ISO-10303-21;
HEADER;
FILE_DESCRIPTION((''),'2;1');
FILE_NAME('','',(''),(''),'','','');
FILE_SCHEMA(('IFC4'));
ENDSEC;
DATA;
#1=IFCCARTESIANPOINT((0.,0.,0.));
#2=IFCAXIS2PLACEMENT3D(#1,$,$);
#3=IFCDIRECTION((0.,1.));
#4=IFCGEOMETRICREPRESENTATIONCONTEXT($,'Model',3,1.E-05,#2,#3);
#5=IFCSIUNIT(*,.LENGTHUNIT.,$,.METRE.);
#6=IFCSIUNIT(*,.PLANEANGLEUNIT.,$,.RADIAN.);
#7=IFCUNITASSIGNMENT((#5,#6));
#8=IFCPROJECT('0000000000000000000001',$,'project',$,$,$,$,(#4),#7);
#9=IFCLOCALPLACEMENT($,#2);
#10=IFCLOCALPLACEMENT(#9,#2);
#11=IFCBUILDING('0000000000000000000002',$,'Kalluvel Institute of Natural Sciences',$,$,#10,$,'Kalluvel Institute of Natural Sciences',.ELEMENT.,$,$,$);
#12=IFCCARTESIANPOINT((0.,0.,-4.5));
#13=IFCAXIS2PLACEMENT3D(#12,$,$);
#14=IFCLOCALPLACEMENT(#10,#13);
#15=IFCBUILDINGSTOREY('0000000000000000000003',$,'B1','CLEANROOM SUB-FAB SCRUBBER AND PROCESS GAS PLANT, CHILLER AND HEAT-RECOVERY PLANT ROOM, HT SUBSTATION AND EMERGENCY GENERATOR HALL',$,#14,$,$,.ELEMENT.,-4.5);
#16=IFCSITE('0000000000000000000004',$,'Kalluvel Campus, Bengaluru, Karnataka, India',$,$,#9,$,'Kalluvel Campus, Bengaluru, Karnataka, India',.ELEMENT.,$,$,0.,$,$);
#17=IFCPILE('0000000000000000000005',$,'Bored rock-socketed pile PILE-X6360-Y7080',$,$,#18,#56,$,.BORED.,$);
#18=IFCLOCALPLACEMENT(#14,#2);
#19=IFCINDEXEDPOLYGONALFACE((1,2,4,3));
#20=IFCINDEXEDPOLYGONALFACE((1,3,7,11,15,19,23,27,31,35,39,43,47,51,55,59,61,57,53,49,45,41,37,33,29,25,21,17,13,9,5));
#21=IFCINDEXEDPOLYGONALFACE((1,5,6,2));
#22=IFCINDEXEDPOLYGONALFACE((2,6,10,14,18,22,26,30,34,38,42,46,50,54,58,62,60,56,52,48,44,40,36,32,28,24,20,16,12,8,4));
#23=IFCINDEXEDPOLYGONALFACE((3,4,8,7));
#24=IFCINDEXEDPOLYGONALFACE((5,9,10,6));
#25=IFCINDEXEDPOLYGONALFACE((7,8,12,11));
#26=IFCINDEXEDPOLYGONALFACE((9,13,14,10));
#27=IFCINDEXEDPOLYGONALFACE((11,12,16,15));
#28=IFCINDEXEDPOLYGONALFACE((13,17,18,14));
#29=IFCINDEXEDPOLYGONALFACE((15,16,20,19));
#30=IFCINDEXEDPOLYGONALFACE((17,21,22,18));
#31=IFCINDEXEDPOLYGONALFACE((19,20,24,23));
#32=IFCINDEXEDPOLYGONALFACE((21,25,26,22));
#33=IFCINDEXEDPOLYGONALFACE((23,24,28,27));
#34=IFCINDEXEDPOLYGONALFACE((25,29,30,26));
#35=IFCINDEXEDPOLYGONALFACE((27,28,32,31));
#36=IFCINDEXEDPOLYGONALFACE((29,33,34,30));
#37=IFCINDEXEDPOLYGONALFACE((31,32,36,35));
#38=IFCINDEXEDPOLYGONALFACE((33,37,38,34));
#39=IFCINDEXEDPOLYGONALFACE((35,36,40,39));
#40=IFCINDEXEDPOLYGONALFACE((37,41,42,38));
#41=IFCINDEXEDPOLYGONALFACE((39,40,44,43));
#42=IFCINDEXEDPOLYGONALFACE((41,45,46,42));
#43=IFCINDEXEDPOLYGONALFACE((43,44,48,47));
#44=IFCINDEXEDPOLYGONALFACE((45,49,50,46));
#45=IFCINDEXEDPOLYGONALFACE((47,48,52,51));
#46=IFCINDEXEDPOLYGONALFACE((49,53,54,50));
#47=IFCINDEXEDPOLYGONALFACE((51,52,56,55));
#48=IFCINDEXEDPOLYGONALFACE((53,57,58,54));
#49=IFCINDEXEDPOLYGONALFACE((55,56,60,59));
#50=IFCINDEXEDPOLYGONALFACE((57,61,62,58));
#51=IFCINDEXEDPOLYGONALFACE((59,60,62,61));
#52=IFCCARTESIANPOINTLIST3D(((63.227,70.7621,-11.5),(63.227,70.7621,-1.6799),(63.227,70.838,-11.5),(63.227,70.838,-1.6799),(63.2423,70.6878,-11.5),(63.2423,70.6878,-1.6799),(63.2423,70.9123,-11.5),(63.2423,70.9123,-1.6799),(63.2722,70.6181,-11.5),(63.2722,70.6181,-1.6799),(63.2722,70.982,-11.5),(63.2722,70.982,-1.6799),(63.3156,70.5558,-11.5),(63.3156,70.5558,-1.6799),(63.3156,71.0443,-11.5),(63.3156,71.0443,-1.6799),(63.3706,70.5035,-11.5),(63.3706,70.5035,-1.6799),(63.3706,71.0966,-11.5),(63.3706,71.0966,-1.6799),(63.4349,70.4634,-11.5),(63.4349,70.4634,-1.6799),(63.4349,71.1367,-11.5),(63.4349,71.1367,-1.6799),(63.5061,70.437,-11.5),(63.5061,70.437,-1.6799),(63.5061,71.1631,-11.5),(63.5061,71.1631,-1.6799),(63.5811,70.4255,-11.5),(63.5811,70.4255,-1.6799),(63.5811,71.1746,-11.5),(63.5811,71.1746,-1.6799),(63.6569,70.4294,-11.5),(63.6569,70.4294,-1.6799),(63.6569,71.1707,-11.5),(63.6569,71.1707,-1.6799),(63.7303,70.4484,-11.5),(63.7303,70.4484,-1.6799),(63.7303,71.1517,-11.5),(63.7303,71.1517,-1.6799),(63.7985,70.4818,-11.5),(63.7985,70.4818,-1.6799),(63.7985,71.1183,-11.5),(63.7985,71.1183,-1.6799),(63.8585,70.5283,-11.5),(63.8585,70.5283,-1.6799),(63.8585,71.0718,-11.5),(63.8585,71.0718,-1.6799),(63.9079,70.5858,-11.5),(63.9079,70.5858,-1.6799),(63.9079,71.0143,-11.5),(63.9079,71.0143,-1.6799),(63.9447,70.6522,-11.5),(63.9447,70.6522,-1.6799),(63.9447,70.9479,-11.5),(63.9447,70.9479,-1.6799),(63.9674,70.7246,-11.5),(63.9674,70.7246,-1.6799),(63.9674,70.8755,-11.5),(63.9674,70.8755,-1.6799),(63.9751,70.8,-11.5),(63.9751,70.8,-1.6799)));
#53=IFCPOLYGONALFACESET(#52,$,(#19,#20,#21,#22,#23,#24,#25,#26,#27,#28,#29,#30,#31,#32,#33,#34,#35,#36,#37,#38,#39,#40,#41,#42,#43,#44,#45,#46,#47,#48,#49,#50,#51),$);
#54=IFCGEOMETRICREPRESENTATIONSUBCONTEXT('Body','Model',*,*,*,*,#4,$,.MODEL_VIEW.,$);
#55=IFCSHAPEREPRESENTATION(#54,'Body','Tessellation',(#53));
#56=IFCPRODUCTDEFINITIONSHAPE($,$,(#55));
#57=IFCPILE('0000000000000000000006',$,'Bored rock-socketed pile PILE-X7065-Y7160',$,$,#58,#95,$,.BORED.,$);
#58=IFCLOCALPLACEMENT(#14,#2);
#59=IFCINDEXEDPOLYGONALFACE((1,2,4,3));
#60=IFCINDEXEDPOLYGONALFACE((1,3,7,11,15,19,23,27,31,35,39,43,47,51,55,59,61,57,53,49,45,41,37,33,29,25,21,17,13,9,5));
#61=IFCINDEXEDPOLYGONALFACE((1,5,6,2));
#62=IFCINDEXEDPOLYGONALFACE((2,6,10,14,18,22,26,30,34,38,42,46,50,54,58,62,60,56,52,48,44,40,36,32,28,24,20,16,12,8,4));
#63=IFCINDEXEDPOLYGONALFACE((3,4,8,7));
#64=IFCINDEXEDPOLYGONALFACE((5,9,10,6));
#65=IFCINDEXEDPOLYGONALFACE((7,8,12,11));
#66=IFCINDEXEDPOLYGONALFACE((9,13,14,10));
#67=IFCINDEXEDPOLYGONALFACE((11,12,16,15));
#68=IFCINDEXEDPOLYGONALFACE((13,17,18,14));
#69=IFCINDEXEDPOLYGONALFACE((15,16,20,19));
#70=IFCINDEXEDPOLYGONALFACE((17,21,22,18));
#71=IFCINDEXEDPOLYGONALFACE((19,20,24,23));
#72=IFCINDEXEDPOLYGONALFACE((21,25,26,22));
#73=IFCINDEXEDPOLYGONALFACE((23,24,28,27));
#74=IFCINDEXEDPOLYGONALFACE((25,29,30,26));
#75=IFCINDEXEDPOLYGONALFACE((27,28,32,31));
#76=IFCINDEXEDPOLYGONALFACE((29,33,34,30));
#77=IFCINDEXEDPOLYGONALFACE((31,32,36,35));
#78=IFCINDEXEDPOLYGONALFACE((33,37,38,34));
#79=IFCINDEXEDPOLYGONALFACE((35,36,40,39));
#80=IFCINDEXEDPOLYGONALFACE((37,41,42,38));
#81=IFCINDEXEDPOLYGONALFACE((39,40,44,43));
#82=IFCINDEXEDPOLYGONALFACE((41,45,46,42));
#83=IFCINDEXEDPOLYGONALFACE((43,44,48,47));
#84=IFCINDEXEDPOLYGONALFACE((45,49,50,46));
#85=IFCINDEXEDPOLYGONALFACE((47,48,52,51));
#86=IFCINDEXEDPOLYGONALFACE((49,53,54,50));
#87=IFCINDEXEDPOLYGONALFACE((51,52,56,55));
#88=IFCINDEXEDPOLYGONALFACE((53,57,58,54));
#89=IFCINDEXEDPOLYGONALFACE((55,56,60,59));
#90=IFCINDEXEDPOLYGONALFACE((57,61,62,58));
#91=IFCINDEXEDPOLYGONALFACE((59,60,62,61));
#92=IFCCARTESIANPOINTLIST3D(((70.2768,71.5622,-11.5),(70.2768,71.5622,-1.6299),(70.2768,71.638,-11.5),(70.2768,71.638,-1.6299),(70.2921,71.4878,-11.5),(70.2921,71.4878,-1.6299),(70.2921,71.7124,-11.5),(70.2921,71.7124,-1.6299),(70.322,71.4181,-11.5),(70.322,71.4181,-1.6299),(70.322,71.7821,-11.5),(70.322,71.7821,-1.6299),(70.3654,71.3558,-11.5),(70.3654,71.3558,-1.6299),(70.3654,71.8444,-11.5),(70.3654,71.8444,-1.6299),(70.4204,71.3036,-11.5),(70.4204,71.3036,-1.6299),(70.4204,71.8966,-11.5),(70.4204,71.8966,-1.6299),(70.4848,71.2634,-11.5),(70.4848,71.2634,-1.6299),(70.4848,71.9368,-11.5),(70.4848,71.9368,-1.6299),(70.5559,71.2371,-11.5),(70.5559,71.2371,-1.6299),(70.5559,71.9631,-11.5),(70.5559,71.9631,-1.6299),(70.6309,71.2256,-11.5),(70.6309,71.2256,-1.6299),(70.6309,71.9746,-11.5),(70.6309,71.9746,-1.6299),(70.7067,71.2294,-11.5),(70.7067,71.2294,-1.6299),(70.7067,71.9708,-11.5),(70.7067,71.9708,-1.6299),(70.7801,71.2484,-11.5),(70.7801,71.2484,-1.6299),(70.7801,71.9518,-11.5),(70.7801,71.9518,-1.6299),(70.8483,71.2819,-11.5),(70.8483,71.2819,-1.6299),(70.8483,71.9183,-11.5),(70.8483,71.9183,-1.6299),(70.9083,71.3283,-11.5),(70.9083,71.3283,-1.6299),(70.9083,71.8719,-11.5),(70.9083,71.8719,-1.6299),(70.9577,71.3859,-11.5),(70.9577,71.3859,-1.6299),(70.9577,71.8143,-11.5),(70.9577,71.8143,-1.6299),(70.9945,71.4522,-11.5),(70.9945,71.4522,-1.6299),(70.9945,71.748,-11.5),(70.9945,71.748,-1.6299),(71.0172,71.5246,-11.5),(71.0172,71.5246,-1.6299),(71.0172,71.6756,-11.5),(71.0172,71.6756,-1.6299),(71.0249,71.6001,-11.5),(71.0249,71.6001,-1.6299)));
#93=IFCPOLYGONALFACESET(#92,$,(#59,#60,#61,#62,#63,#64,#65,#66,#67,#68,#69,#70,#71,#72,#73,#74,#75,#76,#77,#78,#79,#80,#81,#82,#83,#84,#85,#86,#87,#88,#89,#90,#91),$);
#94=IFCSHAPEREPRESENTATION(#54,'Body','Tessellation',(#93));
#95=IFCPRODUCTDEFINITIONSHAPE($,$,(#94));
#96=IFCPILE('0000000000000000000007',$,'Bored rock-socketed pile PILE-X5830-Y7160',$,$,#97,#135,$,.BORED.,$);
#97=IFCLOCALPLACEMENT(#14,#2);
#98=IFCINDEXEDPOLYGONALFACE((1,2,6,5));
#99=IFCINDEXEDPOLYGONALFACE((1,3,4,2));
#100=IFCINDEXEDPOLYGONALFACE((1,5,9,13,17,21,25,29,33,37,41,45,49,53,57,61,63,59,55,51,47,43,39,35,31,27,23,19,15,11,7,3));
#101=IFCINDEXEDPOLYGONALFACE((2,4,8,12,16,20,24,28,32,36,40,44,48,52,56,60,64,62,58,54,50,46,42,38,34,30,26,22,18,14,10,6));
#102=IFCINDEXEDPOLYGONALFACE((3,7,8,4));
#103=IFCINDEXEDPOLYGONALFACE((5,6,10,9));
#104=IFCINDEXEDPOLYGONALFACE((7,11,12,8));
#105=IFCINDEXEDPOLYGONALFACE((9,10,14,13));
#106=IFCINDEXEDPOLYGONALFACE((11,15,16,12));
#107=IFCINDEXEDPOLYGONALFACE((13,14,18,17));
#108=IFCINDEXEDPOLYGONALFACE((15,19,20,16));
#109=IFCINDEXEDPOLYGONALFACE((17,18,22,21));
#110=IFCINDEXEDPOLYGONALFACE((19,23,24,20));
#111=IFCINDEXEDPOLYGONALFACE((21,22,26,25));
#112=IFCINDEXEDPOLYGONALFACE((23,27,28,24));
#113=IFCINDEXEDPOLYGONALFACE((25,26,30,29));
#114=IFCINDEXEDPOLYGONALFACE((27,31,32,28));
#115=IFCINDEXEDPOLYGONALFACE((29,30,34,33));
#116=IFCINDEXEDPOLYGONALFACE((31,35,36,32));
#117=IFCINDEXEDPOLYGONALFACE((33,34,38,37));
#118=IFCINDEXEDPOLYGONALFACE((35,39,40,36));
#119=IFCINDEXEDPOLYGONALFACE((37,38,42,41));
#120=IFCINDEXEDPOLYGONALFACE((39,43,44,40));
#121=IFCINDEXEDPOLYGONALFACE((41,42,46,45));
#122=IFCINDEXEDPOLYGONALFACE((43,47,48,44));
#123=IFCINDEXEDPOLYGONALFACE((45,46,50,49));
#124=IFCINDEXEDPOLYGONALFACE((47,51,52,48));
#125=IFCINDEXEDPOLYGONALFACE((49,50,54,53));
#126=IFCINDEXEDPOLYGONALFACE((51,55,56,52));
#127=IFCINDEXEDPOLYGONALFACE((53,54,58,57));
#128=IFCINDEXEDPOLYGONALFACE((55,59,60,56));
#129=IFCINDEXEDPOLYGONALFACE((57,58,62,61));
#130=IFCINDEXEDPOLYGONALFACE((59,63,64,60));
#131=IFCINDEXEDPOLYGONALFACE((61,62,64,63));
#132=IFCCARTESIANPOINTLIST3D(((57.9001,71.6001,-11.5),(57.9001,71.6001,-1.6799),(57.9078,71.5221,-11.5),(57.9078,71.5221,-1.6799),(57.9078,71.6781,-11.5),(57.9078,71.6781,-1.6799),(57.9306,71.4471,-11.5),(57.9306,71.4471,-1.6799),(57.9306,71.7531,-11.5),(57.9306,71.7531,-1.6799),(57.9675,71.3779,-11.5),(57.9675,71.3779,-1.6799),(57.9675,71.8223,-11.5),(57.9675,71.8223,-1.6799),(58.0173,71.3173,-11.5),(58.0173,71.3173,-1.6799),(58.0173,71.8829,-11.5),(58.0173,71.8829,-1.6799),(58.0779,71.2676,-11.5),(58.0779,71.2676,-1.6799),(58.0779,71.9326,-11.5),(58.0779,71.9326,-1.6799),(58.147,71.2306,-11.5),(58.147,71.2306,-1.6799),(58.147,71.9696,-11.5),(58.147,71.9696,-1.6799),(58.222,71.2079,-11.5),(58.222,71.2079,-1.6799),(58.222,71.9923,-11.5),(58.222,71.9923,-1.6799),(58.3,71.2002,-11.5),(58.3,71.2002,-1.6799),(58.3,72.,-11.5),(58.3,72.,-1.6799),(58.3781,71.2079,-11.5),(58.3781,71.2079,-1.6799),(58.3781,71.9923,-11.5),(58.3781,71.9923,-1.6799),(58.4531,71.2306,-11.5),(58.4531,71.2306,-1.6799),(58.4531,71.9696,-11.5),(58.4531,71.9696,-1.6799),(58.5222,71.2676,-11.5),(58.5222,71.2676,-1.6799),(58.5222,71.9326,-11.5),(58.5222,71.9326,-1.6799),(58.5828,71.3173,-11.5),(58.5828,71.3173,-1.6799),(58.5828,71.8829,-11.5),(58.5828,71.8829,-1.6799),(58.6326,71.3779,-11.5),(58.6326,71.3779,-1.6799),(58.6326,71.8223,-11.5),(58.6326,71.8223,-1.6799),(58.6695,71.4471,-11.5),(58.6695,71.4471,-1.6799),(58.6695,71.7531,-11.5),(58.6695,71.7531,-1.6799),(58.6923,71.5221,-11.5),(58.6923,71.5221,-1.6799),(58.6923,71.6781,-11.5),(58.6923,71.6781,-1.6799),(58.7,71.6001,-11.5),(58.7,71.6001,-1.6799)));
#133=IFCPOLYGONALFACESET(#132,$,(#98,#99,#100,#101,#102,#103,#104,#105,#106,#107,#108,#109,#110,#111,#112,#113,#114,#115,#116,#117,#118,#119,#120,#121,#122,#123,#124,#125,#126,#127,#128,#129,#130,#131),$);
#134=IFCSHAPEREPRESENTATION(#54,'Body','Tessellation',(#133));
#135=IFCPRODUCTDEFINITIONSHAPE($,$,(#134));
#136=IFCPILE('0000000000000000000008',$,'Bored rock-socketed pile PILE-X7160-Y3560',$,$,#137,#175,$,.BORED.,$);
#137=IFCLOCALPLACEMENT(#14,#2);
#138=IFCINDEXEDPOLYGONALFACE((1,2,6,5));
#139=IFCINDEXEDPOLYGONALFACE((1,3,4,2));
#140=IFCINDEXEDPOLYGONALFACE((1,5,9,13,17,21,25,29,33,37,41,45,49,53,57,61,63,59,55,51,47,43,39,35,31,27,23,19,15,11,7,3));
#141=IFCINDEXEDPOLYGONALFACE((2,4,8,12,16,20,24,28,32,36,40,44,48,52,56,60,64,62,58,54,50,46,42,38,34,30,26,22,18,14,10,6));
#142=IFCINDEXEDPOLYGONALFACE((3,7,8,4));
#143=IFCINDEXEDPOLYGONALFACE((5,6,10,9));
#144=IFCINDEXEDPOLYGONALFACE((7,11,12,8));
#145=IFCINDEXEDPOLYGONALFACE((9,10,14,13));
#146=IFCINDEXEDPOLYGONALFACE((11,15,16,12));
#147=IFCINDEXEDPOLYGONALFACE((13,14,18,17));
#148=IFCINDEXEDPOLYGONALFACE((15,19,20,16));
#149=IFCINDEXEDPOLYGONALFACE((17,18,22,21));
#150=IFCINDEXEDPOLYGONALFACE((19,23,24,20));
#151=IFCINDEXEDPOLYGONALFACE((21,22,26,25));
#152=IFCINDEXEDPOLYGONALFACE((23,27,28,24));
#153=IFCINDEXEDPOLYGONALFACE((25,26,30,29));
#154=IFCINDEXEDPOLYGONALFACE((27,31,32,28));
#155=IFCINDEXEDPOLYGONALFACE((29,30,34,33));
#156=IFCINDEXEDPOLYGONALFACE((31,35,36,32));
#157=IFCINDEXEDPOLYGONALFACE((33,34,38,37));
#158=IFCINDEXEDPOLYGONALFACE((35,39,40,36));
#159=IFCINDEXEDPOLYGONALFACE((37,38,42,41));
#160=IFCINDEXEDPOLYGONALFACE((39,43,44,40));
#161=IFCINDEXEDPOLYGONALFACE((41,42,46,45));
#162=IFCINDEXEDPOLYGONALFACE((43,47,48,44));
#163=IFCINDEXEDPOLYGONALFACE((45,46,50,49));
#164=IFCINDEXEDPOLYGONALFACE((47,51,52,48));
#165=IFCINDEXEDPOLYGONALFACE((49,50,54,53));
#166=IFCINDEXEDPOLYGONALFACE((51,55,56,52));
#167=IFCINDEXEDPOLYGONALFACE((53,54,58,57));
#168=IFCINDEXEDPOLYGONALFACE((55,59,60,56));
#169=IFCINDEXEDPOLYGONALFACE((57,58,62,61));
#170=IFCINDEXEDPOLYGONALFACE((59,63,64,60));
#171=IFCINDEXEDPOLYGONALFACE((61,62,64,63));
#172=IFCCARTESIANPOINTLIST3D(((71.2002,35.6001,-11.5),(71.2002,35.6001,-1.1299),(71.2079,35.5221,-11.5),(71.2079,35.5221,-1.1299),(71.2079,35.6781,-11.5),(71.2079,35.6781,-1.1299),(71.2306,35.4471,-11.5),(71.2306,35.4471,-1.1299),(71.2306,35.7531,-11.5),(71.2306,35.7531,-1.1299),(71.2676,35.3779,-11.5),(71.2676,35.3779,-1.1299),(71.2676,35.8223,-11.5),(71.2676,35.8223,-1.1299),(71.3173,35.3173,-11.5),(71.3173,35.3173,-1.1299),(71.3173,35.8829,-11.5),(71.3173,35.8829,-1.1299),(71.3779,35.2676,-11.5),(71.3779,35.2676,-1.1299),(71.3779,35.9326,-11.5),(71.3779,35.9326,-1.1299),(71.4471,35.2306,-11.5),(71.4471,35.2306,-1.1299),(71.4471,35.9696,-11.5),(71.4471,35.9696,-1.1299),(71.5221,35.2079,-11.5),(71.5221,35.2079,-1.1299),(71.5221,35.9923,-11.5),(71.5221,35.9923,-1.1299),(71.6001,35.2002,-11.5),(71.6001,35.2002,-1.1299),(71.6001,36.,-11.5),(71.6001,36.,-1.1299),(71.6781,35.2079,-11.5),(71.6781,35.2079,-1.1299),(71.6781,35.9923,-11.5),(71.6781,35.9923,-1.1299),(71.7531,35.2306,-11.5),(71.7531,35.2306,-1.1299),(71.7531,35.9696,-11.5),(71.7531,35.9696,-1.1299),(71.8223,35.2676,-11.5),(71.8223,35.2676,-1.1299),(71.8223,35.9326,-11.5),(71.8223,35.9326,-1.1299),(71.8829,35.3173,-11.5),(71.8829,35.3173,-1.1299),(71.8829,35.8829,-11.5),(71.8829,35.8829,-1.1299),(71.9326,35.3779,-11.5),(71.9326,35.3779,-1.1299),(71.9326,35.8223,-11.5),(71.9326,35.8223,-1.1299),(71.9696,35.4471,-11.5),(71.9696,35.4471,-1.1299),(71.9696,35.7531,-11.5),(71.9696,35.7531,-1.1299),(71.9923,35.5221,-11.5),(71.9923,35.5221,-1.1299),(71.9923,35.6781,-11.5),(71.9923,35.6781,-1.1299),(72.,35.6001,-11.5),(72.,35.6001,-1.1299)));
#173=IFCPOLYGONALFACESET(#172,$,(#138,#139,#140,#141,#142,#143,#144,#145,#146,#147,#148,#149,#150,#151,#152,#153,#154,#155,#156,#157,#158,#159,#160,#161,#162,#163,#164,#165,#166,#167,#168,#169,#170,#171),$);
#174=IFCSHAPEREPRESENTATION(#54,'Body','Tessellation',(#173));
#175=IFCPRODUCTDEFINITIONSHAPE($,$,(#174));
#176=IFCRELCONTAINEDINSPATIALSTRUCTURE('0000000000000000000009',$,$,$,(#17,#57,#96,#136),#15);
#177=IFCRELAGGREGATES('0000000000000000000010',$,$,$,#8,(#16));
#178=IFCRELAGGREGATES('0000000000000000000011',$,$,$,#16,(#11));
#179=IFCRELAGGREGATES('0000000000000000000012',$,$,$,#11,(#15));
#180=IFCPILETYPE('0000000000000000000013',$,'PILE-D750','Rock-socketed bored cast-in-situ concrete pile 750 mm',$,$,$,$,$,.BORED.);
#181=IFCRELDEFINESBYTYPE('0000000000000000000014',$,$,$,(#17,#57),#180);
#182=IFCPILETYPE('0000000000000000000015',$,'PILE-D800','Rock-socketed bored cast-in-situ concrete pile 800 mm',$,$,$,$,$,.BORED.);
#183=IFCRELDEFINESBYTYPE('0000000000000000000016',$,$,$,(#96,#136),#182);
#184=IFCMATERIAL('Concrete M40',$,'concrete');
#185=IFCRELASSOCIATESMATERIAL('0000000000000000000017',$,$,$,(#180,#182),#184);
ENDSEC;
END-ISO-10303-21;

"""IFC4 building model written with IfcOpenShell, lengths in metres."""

from ifc_helpers import new_model, si_unit, direction, frame, origin, origin_2d, place, context, subcontext, project, spatial, circle, extrude, material, material_profile, profile_set, type_object, element, save


model = new_model("IFC4")

# Units and contexts
model_context = context("Model", 3, precision=1e-05, world=origin(), true_north=direction((0.0, 1.0)))
body_context = subcontext(model_context, "Body", "Model", "MODEL_VIEW")
ifc_project = project(units=[si_unit("LENGTHUNIT", "METRE"), si_unit("PLANEANGLEUNIT", "RADIAN")], contexts=[model_context])

# Site, building, storey
site_placement = place(None, origin())
site = spatial("IfcSite", under=ifc_project, at=site_placement, Name="Kalluvel Campus, Bengaluru, Karnataka, India", LongName="Kalluvel Campus, Bengaluru, Karnataka, India", CompositionType="ELEMENT", RefElevation=0.0)
building_placement = place(site_placement, origin())
building = spatial("IfcBuilding", under=site, at=building_placement, Name="Kalluvel Institute of Natural Sciences", LongName="Kalluvel Institute of Natural Sciences", CompositionType="ELEMENT")
storey_placement = place(building_placement, frame((0.0, 0.0, -4.5)))
storey = spatial("IfcBuildingStorey", under=building, at=storey_placement, Name="B1", Description="CLEANROOM SUB-FAB SCRUBBER AND PROCESS GAS PLANT, CHILLER AND HEAT-RECOVERY PLANT ROOM, HT SUBSTATION AND EMERGENCY GENERATOR HALL", CompositionType="ELEMENT", Elevation=-4.5)

# Shared definitions
ifc_material_1 = material(Name="Concrete M40", Category="concrete")

# Piles
ifc_material_profile_1 = material_profile(ifc_material_1, circle(Radius=0.375, at=origin_2d()), Name="PILE D750")
ifc_profile_set_1 = profile_set([ifc_material_profile_1], Name="Concrete M40")
pile_type_1 = type_object("IfcPileType", Name="PILE-D750", Description="Rock-socketed bored cast-in-situ concrete pile 750 mm", PredefinedType="BORED", material=ifc_profile_set_1)
pile_1_placement = place(storey_placement, frame((63.6001, 70.8, -1.6799), z_axis=(0.0, 0.0, -1.0), x_axis=(1.0, 0.0, 0.0)))
element("IfcPile", 1, at=pile_1_placement, inside=storey, type_object=pile_type_1, Name="Bored rock-socketed pile PILE-X6360-Y7080", PredefinedType="BORED", context=body_context, shape_type="SweptSolid", body=[
    extrude(circle(Radius=0.375, at=origin_2d()), origin(), (0.0, 0.0, 1.0), 9.8201),
])
pile_2_placement = place(storey_placement, frame((70.6499, 71.6001, -1.6299), z_axis=(0.0, 0.0, -1.0), x_axis=(1.0, 0.0, 0.0)))
element("IfcPile", 2, at=pile_2_placement, inside=storey, type_object=pile_type_1, Name="Bored rock-socketed pile PILE-X7065-Y7160", PredefinedType="BORED", context=body_context, shape_type="SweptSolid", body=[
    extrude(circle(Radius=0.375, at=origin_2d()), origin(), (0.0, 0.0, 1.0), 9.8701),
])
ifc_material_profile_2 = material_profile(ifc_material_1, circle(Radius=0.3999, at=origin_2d()), Name="PILE D800")
ifc_profile_set_2 = profile_set([ifc_material_profile_2], Name="Concrete M40")
pile_type_2 = type_object("IfcPileType", Name="PILE-D800", Description="Rock-socketed bored cast-in-situ concrete pile 800 mm", PredefinedType="BORED", material=ifc_profile_set_2)
pile_3_placement = place(storey_placement, frame((58.3, 71.6001, -1.6799), z_axis=(0.0, 0.0, -1.0), x_axis=(1.0, 0.0, 0.0)))
element("IfcPile", 3, at=pile_3_placement, inside=storey, type_object=pile_type_2, Name="Bored rock-socketed pile PILE-X5830-Y7160", PredefinedType="BORED", context=body_context, shape_type="SweptSolid", body=[
    extrude(circle(Radius=0.3999, at=origin_2d()), origin(), (0.0, 0.0, 1.0), 9.8201),
])
pile_4_placement = place(storey_placement, frame((71.6001, 35.6001, -1.1299), z_axis=(0.0, 0.0, -1.0), x_axis=(1.0, 0.0, 0.0)))
element("IfcPile", 4, at=pile_4_placement, inside=storey, type_object=pile_type_2, Name="Bored rock-socketed pile PILE-X7160-Y3560", PredefinedType="BORED", context=body_context, shape_type="SweptSolid", body=[
    extrude(circle(Radius=0.3999, at=origin_2d()), origin(), (0.0, 0.0, 1.0), 10.3701),
])

save(model, "model.ifc")
